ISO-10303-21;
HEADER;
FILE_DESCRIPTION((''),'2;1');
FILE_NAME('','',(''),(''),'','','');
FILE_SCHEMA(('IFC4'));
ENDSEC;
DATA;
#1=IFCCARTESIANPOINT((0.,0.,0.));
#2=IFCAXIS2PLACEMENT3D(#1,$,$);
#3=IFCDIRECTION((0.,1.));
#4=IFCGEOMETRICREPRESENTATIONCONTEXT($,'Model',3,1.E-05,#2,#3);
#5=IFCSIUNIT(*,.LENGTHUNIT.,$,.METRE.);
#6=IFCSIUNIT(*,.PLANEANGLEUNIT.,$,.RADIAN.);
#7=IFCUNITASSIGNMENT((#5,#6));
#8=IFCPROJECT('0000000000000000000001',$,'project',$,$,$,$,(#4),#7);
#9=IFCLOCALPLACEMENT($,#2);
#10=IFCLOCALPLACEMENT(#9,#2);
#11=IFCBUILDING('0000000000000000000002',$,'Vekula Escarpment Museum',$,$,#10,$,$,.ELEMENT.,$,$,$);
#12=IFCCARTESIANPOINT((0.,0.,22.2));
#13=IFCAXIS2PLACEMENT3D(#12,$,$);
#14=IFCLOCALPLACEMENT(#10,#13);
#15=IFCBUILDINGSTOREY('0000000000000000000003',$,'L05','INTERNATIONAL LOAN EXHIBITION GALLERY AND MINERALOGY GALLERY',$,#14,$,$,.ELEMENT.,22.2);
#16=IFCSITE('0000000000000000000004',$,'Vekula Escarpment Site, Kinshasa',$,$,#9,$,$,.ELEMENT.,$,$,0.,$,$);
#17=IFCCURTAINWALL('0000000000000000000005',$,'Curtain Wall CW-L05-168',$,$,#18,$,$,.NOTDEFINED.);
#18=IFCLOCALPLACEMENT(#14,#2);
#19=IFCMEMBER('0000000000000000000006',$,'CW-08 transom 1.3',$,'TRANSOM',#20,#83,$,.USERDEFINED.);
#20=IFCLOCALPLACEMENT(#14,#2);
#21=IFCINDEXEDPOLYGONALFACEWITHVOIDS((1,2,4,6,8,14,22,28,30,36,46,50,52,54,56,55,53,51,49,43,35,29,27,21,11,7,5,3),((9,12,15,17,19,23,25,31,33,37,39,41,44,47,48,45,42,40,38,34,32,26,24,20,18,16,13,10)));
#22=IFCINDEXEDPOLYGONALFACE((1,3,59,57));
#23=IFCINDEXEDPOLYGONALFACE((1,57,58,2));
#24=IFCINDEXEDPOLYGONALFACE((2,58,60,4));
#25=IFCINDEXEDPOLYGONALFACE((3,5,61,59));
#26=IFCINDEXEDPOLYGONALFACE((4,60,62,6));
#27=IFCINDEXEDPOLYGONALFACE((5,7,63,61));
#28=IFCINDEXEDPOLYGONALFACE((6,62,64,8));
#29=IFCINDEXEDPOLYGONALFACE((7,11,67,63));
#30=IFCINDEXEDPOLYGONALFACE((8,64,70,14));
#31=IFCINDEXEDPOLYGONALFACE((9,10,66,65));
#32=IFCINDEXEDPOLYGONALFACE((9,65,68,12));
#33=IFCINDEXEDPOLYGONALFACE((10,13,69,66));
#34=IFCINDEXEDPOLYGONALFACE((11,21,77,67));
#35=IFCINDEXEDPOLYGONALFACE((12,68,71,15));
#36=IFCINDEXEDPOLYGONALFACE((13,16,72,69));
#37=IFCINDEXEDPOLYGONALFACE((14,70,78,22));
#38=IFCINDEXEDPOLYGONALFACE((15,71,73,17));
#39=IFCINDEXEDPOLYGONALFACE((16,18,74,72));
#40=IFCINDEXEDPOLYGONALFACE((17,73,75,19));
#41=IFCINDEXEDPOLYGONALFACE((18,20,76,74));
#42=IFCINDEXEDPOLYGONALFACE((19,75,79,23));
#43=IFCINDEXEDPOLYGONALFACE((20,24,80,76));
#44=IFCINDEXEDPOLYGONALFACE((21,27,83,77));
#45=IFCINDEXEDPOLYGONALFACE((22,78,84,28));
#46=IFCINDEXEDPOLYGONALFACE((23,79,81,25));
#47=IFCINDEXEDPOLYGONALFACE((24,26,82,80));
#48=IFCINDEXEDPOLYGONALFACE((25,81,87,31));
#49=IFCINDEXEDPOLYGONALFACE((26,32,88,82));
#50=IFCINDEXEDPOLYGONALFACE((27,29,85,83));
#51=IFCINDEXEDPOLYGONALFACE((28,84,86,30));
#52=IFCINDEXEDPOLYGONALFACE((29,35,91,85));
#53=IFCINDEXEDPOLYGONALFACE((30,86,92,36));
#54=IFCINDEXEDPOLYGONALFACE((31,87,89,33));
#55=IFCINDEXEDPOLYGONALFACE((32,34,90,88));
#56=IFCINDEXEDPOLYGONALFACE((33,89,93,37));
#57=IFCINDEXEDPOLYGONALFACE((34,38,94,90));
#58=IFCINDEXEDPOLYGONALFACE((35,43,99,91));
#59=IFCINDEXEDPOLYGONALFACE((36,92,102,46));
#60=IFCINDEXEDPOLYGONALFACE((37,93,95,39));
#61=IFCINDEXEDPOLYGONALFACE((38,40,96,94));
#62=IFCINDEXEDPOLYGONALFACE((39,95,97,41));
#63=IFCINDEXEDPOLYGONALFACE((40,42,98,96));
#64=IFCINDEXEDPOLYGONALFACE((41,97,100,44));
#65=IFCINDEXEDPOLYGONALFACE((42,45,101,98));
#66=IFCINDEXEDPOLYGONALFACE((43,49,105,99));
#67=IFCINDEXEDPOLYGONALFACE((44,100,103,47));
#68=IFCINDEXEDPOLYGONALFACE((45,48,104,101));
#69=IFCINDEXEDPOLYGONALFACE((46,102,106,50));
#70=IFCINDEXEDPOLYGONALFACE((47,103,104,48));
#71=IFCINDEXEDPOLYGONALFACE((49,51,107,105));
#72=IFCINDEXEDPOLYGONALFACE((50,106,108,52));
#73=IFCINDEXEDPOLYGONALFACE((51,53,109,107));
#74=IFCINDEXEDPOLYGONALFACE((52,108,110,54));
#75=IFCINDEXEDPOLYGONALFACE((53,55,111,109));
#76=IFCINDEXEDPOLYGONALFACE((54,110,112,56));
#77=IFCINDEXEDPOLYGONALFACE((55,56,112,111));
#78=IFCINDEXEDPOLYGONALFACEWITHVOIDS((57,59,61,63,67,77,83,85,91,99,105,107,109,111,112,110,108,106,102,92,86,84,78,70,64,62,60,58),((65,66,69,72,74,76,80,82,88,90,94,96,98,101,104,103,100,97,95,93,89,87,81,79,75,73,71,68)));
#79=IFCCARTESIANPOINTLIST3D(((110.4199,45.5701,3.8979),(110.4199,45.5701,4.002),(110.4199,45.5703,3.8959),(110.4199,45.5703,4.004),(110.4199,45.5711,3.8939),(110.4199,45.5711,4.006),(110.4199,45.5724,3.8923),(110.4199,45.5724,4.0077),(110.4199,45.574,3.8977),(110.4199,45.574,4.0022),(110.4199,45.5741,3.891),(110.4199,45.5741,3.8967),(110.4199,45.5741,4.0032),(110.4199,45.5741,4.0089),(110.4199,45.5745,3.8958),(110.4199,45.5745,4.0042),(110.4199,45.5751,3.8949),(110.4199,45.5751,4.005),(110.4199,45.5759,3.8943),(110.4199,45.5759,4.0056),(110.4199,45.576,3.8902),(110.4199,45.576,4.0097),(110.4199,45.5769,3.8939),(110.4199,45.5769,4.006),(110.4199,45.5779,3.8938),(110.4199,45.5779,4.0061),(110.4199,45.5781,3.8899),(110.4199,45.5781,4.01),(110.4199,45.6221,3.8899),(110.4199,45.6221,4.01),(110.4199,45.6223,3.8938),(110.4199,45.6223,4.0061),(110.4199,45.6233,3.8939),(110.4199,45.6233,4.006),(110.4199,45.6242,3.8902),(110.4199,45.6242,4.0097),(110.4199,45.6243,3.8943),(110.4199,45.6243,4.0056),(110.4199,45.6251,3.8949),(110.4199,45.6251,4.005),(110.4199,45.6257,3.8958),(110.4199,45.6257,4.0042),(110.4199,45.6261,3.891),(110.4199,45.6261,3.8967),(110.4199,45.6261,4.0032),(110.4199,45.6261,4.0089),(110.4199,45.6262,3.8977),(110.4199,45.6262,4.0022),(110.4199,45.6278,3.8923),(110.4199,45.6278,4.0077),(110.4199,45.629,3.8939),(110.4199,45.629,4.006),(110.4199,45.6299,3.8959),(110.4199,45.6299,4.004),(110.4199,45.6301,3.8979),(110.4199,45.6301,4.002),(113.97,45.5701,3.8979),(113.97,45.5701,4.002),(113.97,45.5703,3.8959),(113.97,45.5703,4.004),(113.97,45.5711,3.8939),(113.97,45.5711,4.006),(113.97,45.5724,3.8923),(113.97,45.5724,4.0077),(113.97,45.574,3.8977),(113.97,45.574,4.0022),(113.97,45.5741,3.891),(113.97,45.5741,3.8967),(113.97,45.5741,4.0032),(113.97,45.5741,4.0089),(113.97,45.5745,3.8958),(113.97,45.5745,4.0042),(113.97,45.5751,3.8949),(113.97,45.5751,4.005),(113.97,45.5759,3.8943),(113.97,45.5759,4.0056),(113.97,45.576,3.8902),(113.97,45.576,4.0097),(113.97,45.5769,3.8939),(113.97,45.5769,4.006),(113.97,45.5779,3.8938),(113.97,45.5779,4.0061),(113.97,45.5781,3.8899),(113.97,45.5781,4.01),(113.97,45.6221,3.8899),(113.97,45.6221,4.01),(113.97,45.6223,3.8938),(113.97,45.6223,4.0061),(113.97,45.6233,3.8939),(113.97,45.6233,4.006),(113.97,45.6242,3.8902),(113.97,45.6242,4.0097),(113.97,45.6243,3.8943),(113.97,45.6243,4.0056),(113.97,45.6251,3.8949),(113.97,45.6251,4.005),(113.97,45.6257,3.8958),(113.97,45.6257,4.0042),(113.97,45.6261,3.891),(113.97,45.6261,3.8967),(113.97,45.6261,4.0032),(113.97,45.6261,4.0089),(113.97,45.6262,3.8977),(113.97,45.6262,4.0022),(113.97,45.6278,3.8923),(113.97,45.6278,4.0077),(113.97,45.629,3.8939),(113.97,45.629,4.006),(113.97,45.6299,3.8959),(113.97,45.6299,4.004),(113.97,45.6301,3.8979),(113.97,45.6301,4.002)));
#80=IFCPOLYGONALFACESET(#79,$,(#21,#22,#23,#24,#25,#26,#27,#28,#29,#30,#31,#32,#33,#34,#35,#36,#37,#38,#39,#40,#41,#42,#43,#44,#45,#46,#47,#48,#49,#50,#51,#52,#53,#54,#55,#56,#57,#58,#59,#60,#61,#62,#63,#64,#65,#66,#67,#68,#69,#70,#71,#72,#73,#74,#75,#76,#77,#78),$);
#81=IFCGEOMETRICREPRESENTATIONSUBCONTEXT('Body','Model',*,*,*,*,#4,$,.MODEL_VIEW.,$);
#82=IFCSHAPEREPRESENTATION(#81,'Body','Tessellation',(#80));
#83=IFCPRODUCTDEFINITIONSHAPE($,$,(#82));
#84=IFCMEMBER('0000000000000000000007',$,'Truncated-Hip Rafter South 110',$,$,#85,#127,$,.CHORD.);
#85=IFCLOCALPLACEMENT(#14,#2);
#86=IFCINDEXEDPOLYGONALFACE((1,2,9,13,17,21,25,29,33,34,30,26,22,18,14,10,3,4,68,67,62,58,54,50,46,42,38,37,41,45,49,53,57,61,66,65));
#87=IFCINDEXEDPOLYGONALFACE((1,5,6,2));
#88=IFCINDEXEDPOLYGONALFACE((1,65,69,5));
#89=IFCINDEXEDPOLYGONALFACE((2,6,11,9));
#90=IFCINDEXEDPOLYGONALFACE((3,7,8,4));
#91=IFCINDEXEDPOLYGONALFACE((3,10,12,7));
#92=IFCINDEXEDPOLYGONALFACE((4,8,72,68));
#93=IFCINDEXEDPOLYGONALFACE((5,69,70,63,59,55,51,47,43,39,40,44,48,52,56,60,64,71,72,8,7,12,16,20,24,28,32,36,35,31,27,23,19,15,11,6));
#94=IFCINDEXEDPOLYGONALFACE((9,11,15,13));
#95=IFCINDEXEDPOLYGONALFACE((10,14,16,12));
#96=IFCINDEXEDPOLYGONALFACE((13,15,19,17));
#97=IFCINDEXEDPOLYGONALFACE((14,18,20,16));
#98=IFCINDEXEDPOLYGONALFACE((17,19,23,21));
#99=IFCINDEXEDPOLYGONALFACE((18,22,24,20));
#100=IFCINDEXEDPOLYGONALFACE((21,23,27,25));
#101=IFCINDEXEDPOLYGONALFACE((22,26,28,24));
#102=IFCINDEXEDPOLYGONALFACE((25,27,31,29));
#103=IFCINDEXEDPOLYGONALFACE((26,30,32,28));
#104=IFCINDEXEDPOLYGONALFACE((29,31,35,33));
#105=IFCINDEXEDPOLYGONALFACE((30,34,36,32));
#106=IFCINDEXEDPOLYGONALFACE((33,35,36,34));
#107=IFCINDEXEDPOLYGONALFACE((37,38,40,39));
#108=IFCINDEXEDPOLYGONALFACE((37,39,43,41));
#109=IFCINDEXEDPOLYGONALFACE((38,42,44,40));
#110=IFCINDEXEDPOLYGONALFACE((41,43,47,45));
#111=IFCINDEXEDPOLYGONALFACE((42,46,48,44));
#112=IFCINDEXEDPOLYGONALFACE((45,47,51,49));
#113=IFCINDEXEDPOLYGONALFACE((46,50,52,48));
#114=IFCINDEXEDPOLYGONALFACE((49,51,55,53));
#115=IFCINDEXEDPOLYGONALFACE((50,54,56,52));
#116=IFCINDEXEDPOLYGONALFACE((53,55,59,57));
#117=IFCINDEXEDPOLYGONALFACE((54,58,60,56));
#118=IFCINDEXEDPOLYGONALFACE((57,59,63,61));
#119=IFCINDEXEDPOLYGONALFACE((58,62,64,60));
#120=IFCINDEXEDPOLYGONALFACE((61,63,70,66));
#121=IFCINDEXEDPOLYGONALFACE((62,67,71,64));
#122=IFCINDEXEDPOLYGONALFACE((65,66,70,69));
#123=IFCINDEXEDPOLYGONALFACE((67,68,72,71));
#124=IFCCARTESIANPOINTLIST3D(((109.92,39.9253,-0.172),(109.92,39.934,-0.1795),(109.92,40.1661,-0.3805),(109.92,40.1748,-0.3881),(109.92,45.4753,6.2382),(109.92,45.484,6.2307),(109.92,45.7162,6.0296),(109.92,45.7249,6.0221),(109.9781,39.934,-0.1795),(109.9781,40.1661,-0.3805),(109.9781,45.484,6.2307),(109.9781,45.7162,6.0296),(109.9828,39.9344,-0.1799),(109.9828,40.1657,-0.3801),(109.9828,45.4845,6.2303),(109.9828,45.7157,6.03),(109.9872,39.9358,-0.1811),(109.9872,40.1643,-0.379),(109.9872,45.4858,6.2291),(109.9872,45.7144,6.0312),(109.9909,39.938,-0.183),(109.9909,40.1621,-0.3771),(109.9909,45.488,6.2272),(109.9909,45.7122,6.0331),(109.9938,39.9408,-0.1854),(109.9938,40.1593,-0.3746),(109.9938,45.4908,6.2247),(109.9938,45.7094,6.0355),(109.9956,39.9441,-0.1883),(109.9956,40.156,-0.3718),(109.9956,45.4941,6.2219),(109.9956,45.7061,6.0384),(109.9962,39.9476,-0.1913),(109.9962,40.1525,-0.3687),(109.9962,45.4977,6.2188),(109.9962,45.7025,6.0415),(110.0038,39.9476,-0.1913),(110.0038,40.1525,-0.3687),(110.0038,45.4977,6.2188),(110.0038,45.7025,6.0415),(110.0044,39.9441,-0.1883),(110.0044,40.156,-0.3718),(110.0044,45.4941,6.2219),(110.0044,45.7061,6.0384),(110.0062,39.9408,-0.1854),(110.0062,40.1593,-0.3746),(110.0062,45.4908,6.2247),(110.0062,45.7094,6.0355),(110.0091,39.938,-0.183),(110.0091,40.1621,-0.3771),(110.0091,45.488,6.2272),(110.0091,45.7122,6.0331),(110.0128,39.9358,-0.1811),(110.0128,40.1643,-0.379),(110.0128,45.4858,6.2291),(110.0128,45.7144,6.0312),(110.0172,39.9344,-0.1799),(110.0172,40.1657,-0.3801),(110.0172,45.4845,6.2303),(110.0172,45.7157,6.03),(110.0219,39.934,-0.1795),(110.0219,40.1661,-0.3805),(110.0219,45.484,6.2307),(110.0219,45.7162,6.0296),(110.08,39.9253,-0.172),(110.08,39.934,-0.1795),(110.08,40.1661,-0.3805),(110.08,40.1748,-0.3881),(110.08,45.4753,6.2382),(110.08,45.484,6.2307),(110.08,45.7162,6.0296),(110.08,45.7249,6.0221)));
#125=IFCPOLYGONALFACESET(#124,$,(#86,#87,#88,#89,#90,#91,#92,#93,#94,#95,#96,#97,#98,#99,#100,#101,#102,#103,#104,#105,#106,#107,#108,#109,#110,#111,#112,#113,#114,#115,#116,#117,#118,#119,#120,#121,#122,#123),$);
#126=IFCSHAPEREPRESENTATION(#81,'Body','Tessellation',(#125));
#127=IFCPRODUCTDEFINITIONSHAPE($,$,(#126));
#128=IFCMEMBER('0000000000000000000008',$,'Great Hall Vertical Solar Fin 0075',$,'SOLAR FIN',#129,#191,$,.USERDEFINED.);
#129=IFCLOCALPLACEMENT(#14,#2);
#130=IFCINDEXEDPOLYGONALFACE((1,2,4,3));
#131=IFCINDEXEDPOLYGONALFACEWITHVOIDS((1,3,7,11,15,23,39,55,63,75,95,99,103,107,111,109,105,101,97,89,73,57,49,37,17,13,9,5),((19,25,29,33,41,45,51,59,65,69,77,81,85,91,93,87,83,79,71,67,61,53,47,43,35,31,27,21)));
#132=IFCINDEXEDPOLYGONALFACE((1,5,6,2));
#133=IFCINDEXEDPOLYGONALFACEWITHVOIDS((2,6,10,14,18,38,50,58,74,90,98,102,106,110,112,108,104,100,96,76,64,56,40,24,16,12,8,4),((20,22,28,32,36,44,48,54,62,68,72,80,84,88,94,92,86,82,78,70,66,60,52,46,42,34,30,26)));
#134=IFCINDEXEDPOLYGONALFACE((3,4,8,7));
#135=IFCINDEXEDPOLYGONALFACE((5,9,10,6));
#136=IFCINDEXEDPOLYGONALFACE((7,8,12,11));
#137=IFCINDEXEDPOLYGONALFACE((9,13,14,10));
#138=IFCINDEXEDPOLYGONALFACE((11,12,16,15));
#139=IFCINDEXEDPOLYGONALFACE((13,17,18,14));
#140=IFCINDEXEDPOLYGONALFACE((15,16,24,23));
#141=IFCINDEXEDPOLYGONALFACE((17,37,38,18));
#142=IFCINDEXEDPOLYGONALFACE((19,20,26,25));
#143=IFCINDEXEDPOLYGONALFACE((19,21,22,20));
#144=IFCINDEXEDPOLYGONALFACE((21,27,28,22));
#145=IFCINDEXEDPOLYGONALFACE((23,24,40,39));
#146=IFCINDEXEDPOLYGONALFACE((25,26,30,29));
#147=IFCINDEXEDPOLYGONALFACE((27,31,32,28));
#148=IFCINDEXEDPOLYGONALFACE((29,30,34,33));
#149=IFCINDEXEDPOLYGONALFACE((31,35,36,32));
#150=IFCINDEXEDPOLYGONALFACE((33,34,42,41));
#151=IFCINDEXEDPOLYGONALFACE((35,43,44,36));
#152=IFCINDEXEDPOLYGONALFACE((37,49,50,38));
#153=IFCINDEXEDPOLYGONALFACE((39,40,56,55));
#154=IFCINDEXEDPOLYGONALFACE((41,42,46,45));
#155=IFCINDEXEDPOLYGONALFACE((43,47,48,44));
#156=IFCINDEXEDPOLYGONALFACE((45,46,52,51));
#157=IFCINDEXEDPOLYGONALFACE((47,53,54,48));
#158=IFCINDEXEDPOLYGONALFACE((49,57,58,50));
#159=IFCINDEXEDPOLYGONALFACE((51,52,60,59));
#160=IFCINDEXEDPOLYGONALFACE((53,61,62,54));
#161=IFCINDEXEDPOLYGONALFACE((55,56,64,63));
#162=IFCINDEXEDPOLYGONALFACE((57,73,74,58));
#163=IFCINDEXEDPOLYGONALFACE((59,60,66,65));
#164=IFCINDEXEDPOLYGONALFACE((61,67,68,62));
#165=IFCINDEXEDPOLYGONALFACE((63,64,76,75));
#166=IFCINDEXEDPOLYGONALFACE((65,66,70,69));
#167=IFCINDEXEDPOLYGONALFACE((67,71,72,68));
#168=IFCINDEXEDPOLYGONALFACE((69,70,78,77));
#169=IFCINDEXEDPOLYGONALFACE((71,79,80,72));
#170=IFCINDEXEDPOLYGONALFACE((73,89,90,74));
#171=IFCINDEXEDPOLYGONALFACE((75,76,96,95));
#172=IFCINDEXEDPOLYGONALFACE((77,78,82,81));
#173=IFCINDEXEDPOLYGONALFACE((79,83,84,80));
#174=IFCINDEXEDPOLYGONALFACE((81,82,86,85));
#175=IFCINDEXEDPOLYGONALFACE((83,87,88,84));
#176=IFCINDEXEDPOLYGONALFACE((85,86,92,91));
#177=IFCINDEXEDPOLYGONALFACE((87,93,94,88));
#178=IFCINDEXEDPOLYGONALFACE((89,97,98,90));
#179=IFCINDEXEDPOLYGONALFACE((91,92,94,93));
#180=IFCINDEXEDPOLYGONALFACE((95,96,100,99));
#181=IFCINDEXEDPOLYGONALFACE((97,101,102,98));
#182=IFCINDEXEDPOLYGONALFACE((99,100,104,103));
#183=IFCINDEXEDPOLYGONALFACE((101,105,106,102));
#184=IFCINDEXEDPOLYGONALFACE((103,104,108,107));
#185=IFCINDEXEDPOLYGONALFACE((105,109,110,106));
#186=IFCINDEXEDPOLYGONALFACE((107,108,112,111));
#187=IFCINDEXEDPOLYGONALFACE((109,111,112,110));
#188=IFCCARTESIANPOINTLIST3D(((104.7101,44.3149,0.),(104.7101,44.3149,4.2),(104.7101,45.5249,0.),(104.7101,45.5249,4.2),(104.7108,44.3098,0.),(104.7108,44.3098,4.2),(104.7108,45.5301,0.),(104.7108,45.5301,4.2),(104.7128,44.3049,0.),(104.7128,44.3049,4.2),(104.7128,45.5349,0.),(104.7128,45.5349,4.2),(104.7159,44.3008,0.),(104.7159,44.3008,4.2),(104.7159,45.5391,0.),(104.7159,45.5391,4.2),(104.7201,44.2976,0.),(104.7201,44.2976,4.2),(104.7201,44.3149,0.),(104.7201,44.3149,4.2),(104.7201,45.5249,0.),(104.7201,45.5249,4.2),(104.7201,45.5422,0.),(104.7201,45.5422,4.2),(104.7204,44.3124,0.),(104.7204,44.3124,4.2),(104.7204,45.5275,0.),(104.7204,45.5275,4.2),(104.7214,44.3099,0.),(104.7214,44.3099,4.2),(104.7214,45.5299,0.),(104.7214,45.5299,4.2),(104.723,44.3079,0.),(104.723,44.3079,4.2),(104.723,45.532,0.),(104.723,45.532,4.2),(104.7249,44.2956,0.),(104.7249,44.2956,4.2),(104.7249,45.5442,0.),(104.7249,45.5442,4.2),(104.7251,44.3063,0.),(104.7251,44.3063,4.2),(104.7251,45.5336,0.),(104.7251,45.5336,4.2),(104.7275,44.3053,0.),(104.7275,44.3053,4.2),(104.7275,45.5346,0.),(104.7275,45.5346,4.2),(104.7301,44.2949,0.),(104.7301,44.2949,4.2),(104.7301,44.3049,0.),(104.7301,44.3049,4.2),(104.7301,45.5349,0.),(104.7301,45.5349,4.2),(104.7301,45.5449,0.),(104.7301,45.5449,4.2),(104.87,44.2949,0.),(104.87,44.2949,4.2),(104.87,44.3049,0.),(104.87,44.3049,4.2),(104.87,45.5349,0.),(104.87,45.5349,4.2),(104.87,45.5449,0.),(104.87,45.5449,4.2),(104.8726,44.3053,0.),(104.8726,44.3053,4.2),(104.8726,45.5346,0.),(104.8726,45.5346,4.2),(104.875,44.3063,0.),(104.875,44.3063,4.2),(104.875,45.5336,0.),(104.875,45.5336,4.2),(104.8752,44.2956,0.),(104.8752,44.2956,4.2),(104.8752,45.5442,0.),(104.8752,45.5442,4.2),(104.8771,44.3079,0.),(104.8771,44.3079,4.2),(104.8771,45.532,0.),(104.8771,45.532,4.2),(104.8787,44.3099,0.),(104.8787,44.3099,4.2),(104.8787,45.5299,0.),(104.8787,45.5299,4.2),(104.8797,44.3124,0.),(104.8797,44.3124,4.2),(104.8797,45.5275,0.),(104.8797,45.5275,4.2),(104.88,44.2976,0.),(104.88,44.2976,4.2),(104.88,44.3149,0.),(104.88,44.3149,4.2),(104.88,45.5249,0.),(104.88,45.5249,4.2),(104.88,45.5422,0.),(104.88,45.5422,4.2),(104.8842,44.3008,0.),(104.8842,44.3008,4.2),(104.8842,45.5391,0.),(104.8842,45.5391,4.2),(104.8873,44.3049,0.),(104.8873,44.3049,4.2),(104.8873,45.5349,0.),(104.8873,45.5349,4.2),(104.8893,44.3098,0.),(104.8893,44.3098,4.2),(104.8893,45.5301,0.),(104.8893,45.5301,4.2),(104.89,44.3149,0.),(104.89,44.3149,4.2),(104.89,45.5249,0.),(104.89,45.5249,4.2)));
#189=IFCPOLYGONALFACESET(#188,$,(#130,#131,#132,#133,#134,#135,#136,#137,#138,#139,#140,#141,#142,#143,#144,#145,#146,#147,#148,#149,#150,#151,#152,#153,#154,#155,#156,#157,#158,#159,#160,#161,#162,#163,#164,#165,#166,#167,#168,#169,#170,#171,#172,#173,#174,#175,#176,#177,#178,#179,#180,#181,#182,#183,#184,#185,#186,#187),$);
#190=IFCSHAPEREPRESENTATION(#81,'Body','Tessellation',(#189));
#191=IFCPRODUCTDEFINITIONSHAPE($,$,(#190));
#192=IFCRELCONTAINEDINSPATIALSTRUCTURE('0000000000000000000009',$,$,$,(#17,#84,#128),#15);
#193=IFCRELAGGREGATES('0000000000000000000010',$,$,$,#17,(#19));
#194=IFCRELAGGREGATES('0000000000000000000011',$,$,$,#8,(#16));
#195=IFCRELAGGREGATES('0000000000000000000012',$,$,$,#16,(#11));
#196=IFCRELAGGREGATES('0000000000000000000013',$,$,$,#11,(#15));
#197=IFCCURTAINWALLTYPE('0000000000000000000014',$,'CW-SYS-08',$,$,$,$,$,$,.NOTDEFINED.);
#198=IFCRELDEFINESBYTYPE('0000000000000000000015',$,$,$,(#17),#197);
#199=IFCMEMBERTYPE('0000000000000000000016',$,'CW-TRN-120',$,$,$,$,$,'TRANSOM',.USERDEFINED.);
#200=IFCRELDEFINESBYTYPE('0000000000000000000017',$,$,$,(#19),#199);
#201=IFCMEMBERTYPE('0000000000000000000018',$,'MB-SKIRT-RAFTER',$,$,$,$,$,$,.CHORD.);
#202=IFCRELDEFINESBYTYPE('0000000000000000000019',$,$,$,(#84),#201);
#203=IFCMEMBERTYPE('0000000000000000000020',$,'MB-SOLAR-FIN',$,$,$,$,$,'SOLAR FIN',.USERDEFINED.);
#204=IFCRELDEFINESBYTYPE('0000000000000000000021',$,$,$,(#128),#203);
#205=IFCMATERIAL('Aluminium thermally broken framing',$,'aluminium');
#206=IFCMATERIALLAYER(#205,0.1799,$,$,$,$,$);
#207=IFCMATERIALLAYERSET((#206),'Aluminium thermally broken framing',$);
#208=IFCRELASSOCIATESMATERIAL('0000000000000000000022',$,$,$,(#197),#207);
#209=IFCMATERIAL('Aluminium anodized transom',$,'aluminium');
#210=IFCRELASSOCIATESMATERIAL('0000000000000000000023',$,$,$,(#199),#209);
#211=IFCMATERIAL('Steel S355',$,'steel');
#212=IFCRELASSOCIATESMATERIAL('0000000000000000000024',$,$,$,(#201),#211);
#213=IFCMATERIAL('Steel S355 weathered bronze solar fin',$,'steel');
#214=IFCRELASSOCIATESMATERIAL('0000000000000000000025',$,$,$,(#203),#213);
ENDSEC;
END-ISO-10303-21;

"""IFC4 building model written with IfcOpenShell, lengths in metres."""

from ifc_helpers import new_model, si_unit, direction, frame, origin, origin_2d, place, context, subcontext, project, spatial, hollow_rectangle, i_section, extrude, material, layer, layer_set, material_profile, profile_set, type_object, element, aggregate, save


model = new_model("IFC4")

# Units and contexts
model_context = context("Model", 3, precision=1e-05, world=origin(), true_north=direction((0.0, 1.0)))
body_context = subcontext(model_context, "Body", "Model", "MODEL_VIEW")
ifc_project = project(units=[si_unit("LENGTHUNIT", "METRE"), si_unit("PLANEANGLEUNIT", "RADIAN")], contexts=[model_context])

# Site, building, storey
site_placement = place(None, origin())
site = spatial("IfcSite", under=ifc_project, at=site_placement, Name="Vekula Escarpment Site, Kinshasa", CompositionType="ELEMENT", RefElevation=0.0)
building_placement = place(site_placement, origin())
building = spatial("IfcBuilding", under=site, at=building_placement, Name="Vekula Escarpment Museum", CompositionType="ELEMENT")
storey_placement = place(building_placement, frame((0.0, 0.0, 22.2)))
storey = spatial("IfcBuildingStorey", under=building, at=storey_placement, Name="L05", Description="INTERNATIONAL LOAN EXHIBITION GALLERY AND MINERALOGY GALLERY", CompositionType="ELEMENT", Elevation=22.2)

# Curtain wall
ifc_material_1 = material(Name="Aluminium thermally broken framing", Category="aluminium")
ifc_layer_1 = layer(ifc_material_1, 0.1799)
ifc_layer_set_1 = layer_set([ifc_layer_1], Name="Aluminium thermally broken framing")
curtain_wall_type_1 = type_object("IfcCurtainWallType", Name="CW-SYS-08", PredefinedType="NOTDEFINED", material=ifc_layer_set_1)
curtain_wall_1_placement = place(storey_placement, origin())
curtain_wall_1 = element("IfcCurtainWall", 1, at=curtain_wall_1_placement, inside=storey, type_object=curtain_wall_type_1, Name="Curtain Wall CW-L05-168", PredefinedType="NOTDEFINED")

# Member
ifc_material_2 = material(Name="Aluminium anodized transom", Category="aluminium")
ifc_material_profile_1 = material_profile(ifc_material_2, hollow_rectangle(XDim=0.0601, YDim=0.1201, WallThickness=0.0039, InnerFilletRadius=0.0039, OuterFilletRadius=0.0081, at=origin_2d()), Name="ALU 120x60x4")
ifc_profile_set_1 = profile_set([ifc_material_profile_1], Name="Aluminium anodized transom")
member_type_1 = type_object("IfcMemberType", Name="CW-TRN-120", ElementType="TRANSOM", PredefinedType="USERDEFINED", material=ifc_profile_set_1)
member_1_placement = place(storey_placement, frame((110.4199, 45.6001, 3.95), z_axis=(1.0, 0.0, 0.0), x_axis=(0.0, 1.0, 0.0)))
member_1 = element("IfcMember", 2, at=member_1_placement, type_object=member_type_1, Name="CW-08 transom 1.3", ObjectType="TRANSOM", PredefinedType="USERDEFINED", context=body_context, shape_type="SweptSolid", body=[
    extrude(hollow_rectangle(XDim=0.0601, YDim=0.1201, WallThickness=0.0039, InnerFilletRadius=0.0039, OuterFilletRadius=0.0081, at=origin_2d()), origin(), (0.0, 0.0, 1.0), 3.55),
])
aggregate(curtain_wall_1, [member_1])

# Members
ifc_material_3 = material(Name="Steel S355", Category="steel")
ifc_material_profile_2 = material_profile(ifc_material_3, i_section(OverallWidth=0.1599, OverallDepth=0.3301, WebThickness=0.0076, FlangeThickness=0.0115, FilletRadius=0.0181, at=origin_2d()), Name="IPE 330")
ifc_profile_set_2 = profile_set([ifc_material_profile_2], Name="Steel S355")
member_type_2 = type_object("IfcMemberType", Name="MB-SKIRT-RAFTER", PredefinedType="CHORD", material=ifc_profile_set_2)
member_2_placement = place(storey_placement, frame((110.0, 40.05, -0.28), z_axis=(0.0, 0.654565, 0.756005), x_axis=(-1.0, 0.0, 0.0)))
element("IfcMember", 3, at=member_2_placement, inside=storey, type_object=member_type_2, Name="Truncated-Hip Rafter South 110", PredefinedType="CHORD", context=body_context, shape_type="SweptSolid", body=[
    extrude(i_section(OverallWidth=0.1599, OverallDepth=0.3301, WebThickness=0.0076, FlangeThickness=0.0115, FilletRadius=0.0181, at=origin_2d()), origin(), (0.0, 0.0, 1.0), 8.479),
])
ifc_material_4 = material(Name="Steel S355 weathered bronze solar fin", Category="steel")
ifc_material_profile_3 = material_profile(ifc_material_4, hollow_rectangle(XDim=0.1799, YDim=1.25, WallThickness=0.01, InnerFilletRadius=0.01, OuterFilletRadius=0.02, at=origin_2d()), Name="RHS 1250x180x10")
ifc_profile_set_3 = profile_set([ifc_material_profile_3], Name="Steel S355 weathered bronze solar fin")
member_type_3 = type_object("IfcMemberType", Name="MB-SOLAR-FIN", ElementType="SOLAR FIN", PredefinedType="USERDEFINED", material=ifc_profile_set_3)
for number, where, z_axis, x_axis, name in (
    (4, (104.8, 44.9199, 0.0), (0.0, 0.0, 1.0), (1.0, 0.0, 0.0), "Great Hall Vertical Solar Fin 0075"),
):
    element("IfcMember", number, at=place(storey_placement, frame(where, z_axis=z_axis, x_axis=x_axis)), inside=storey, type_object=member_type_3, Name=name, ObjectType="SOLAR FIN", PredefinedType="USERDEFINED", context=body_context, shape_type="SweptSolid", body=[
        extrude(hollow_rectangle(XDim=0.1799, YDim=1.25, WallThickness=0.01, InnerFilletRadius=0.01, OuterFilletRadius=0.02, at=origin_2d()), origin(), (0.0, 0.0, 1.0), 4.2),
    ])

save(model, "model.ifc")
